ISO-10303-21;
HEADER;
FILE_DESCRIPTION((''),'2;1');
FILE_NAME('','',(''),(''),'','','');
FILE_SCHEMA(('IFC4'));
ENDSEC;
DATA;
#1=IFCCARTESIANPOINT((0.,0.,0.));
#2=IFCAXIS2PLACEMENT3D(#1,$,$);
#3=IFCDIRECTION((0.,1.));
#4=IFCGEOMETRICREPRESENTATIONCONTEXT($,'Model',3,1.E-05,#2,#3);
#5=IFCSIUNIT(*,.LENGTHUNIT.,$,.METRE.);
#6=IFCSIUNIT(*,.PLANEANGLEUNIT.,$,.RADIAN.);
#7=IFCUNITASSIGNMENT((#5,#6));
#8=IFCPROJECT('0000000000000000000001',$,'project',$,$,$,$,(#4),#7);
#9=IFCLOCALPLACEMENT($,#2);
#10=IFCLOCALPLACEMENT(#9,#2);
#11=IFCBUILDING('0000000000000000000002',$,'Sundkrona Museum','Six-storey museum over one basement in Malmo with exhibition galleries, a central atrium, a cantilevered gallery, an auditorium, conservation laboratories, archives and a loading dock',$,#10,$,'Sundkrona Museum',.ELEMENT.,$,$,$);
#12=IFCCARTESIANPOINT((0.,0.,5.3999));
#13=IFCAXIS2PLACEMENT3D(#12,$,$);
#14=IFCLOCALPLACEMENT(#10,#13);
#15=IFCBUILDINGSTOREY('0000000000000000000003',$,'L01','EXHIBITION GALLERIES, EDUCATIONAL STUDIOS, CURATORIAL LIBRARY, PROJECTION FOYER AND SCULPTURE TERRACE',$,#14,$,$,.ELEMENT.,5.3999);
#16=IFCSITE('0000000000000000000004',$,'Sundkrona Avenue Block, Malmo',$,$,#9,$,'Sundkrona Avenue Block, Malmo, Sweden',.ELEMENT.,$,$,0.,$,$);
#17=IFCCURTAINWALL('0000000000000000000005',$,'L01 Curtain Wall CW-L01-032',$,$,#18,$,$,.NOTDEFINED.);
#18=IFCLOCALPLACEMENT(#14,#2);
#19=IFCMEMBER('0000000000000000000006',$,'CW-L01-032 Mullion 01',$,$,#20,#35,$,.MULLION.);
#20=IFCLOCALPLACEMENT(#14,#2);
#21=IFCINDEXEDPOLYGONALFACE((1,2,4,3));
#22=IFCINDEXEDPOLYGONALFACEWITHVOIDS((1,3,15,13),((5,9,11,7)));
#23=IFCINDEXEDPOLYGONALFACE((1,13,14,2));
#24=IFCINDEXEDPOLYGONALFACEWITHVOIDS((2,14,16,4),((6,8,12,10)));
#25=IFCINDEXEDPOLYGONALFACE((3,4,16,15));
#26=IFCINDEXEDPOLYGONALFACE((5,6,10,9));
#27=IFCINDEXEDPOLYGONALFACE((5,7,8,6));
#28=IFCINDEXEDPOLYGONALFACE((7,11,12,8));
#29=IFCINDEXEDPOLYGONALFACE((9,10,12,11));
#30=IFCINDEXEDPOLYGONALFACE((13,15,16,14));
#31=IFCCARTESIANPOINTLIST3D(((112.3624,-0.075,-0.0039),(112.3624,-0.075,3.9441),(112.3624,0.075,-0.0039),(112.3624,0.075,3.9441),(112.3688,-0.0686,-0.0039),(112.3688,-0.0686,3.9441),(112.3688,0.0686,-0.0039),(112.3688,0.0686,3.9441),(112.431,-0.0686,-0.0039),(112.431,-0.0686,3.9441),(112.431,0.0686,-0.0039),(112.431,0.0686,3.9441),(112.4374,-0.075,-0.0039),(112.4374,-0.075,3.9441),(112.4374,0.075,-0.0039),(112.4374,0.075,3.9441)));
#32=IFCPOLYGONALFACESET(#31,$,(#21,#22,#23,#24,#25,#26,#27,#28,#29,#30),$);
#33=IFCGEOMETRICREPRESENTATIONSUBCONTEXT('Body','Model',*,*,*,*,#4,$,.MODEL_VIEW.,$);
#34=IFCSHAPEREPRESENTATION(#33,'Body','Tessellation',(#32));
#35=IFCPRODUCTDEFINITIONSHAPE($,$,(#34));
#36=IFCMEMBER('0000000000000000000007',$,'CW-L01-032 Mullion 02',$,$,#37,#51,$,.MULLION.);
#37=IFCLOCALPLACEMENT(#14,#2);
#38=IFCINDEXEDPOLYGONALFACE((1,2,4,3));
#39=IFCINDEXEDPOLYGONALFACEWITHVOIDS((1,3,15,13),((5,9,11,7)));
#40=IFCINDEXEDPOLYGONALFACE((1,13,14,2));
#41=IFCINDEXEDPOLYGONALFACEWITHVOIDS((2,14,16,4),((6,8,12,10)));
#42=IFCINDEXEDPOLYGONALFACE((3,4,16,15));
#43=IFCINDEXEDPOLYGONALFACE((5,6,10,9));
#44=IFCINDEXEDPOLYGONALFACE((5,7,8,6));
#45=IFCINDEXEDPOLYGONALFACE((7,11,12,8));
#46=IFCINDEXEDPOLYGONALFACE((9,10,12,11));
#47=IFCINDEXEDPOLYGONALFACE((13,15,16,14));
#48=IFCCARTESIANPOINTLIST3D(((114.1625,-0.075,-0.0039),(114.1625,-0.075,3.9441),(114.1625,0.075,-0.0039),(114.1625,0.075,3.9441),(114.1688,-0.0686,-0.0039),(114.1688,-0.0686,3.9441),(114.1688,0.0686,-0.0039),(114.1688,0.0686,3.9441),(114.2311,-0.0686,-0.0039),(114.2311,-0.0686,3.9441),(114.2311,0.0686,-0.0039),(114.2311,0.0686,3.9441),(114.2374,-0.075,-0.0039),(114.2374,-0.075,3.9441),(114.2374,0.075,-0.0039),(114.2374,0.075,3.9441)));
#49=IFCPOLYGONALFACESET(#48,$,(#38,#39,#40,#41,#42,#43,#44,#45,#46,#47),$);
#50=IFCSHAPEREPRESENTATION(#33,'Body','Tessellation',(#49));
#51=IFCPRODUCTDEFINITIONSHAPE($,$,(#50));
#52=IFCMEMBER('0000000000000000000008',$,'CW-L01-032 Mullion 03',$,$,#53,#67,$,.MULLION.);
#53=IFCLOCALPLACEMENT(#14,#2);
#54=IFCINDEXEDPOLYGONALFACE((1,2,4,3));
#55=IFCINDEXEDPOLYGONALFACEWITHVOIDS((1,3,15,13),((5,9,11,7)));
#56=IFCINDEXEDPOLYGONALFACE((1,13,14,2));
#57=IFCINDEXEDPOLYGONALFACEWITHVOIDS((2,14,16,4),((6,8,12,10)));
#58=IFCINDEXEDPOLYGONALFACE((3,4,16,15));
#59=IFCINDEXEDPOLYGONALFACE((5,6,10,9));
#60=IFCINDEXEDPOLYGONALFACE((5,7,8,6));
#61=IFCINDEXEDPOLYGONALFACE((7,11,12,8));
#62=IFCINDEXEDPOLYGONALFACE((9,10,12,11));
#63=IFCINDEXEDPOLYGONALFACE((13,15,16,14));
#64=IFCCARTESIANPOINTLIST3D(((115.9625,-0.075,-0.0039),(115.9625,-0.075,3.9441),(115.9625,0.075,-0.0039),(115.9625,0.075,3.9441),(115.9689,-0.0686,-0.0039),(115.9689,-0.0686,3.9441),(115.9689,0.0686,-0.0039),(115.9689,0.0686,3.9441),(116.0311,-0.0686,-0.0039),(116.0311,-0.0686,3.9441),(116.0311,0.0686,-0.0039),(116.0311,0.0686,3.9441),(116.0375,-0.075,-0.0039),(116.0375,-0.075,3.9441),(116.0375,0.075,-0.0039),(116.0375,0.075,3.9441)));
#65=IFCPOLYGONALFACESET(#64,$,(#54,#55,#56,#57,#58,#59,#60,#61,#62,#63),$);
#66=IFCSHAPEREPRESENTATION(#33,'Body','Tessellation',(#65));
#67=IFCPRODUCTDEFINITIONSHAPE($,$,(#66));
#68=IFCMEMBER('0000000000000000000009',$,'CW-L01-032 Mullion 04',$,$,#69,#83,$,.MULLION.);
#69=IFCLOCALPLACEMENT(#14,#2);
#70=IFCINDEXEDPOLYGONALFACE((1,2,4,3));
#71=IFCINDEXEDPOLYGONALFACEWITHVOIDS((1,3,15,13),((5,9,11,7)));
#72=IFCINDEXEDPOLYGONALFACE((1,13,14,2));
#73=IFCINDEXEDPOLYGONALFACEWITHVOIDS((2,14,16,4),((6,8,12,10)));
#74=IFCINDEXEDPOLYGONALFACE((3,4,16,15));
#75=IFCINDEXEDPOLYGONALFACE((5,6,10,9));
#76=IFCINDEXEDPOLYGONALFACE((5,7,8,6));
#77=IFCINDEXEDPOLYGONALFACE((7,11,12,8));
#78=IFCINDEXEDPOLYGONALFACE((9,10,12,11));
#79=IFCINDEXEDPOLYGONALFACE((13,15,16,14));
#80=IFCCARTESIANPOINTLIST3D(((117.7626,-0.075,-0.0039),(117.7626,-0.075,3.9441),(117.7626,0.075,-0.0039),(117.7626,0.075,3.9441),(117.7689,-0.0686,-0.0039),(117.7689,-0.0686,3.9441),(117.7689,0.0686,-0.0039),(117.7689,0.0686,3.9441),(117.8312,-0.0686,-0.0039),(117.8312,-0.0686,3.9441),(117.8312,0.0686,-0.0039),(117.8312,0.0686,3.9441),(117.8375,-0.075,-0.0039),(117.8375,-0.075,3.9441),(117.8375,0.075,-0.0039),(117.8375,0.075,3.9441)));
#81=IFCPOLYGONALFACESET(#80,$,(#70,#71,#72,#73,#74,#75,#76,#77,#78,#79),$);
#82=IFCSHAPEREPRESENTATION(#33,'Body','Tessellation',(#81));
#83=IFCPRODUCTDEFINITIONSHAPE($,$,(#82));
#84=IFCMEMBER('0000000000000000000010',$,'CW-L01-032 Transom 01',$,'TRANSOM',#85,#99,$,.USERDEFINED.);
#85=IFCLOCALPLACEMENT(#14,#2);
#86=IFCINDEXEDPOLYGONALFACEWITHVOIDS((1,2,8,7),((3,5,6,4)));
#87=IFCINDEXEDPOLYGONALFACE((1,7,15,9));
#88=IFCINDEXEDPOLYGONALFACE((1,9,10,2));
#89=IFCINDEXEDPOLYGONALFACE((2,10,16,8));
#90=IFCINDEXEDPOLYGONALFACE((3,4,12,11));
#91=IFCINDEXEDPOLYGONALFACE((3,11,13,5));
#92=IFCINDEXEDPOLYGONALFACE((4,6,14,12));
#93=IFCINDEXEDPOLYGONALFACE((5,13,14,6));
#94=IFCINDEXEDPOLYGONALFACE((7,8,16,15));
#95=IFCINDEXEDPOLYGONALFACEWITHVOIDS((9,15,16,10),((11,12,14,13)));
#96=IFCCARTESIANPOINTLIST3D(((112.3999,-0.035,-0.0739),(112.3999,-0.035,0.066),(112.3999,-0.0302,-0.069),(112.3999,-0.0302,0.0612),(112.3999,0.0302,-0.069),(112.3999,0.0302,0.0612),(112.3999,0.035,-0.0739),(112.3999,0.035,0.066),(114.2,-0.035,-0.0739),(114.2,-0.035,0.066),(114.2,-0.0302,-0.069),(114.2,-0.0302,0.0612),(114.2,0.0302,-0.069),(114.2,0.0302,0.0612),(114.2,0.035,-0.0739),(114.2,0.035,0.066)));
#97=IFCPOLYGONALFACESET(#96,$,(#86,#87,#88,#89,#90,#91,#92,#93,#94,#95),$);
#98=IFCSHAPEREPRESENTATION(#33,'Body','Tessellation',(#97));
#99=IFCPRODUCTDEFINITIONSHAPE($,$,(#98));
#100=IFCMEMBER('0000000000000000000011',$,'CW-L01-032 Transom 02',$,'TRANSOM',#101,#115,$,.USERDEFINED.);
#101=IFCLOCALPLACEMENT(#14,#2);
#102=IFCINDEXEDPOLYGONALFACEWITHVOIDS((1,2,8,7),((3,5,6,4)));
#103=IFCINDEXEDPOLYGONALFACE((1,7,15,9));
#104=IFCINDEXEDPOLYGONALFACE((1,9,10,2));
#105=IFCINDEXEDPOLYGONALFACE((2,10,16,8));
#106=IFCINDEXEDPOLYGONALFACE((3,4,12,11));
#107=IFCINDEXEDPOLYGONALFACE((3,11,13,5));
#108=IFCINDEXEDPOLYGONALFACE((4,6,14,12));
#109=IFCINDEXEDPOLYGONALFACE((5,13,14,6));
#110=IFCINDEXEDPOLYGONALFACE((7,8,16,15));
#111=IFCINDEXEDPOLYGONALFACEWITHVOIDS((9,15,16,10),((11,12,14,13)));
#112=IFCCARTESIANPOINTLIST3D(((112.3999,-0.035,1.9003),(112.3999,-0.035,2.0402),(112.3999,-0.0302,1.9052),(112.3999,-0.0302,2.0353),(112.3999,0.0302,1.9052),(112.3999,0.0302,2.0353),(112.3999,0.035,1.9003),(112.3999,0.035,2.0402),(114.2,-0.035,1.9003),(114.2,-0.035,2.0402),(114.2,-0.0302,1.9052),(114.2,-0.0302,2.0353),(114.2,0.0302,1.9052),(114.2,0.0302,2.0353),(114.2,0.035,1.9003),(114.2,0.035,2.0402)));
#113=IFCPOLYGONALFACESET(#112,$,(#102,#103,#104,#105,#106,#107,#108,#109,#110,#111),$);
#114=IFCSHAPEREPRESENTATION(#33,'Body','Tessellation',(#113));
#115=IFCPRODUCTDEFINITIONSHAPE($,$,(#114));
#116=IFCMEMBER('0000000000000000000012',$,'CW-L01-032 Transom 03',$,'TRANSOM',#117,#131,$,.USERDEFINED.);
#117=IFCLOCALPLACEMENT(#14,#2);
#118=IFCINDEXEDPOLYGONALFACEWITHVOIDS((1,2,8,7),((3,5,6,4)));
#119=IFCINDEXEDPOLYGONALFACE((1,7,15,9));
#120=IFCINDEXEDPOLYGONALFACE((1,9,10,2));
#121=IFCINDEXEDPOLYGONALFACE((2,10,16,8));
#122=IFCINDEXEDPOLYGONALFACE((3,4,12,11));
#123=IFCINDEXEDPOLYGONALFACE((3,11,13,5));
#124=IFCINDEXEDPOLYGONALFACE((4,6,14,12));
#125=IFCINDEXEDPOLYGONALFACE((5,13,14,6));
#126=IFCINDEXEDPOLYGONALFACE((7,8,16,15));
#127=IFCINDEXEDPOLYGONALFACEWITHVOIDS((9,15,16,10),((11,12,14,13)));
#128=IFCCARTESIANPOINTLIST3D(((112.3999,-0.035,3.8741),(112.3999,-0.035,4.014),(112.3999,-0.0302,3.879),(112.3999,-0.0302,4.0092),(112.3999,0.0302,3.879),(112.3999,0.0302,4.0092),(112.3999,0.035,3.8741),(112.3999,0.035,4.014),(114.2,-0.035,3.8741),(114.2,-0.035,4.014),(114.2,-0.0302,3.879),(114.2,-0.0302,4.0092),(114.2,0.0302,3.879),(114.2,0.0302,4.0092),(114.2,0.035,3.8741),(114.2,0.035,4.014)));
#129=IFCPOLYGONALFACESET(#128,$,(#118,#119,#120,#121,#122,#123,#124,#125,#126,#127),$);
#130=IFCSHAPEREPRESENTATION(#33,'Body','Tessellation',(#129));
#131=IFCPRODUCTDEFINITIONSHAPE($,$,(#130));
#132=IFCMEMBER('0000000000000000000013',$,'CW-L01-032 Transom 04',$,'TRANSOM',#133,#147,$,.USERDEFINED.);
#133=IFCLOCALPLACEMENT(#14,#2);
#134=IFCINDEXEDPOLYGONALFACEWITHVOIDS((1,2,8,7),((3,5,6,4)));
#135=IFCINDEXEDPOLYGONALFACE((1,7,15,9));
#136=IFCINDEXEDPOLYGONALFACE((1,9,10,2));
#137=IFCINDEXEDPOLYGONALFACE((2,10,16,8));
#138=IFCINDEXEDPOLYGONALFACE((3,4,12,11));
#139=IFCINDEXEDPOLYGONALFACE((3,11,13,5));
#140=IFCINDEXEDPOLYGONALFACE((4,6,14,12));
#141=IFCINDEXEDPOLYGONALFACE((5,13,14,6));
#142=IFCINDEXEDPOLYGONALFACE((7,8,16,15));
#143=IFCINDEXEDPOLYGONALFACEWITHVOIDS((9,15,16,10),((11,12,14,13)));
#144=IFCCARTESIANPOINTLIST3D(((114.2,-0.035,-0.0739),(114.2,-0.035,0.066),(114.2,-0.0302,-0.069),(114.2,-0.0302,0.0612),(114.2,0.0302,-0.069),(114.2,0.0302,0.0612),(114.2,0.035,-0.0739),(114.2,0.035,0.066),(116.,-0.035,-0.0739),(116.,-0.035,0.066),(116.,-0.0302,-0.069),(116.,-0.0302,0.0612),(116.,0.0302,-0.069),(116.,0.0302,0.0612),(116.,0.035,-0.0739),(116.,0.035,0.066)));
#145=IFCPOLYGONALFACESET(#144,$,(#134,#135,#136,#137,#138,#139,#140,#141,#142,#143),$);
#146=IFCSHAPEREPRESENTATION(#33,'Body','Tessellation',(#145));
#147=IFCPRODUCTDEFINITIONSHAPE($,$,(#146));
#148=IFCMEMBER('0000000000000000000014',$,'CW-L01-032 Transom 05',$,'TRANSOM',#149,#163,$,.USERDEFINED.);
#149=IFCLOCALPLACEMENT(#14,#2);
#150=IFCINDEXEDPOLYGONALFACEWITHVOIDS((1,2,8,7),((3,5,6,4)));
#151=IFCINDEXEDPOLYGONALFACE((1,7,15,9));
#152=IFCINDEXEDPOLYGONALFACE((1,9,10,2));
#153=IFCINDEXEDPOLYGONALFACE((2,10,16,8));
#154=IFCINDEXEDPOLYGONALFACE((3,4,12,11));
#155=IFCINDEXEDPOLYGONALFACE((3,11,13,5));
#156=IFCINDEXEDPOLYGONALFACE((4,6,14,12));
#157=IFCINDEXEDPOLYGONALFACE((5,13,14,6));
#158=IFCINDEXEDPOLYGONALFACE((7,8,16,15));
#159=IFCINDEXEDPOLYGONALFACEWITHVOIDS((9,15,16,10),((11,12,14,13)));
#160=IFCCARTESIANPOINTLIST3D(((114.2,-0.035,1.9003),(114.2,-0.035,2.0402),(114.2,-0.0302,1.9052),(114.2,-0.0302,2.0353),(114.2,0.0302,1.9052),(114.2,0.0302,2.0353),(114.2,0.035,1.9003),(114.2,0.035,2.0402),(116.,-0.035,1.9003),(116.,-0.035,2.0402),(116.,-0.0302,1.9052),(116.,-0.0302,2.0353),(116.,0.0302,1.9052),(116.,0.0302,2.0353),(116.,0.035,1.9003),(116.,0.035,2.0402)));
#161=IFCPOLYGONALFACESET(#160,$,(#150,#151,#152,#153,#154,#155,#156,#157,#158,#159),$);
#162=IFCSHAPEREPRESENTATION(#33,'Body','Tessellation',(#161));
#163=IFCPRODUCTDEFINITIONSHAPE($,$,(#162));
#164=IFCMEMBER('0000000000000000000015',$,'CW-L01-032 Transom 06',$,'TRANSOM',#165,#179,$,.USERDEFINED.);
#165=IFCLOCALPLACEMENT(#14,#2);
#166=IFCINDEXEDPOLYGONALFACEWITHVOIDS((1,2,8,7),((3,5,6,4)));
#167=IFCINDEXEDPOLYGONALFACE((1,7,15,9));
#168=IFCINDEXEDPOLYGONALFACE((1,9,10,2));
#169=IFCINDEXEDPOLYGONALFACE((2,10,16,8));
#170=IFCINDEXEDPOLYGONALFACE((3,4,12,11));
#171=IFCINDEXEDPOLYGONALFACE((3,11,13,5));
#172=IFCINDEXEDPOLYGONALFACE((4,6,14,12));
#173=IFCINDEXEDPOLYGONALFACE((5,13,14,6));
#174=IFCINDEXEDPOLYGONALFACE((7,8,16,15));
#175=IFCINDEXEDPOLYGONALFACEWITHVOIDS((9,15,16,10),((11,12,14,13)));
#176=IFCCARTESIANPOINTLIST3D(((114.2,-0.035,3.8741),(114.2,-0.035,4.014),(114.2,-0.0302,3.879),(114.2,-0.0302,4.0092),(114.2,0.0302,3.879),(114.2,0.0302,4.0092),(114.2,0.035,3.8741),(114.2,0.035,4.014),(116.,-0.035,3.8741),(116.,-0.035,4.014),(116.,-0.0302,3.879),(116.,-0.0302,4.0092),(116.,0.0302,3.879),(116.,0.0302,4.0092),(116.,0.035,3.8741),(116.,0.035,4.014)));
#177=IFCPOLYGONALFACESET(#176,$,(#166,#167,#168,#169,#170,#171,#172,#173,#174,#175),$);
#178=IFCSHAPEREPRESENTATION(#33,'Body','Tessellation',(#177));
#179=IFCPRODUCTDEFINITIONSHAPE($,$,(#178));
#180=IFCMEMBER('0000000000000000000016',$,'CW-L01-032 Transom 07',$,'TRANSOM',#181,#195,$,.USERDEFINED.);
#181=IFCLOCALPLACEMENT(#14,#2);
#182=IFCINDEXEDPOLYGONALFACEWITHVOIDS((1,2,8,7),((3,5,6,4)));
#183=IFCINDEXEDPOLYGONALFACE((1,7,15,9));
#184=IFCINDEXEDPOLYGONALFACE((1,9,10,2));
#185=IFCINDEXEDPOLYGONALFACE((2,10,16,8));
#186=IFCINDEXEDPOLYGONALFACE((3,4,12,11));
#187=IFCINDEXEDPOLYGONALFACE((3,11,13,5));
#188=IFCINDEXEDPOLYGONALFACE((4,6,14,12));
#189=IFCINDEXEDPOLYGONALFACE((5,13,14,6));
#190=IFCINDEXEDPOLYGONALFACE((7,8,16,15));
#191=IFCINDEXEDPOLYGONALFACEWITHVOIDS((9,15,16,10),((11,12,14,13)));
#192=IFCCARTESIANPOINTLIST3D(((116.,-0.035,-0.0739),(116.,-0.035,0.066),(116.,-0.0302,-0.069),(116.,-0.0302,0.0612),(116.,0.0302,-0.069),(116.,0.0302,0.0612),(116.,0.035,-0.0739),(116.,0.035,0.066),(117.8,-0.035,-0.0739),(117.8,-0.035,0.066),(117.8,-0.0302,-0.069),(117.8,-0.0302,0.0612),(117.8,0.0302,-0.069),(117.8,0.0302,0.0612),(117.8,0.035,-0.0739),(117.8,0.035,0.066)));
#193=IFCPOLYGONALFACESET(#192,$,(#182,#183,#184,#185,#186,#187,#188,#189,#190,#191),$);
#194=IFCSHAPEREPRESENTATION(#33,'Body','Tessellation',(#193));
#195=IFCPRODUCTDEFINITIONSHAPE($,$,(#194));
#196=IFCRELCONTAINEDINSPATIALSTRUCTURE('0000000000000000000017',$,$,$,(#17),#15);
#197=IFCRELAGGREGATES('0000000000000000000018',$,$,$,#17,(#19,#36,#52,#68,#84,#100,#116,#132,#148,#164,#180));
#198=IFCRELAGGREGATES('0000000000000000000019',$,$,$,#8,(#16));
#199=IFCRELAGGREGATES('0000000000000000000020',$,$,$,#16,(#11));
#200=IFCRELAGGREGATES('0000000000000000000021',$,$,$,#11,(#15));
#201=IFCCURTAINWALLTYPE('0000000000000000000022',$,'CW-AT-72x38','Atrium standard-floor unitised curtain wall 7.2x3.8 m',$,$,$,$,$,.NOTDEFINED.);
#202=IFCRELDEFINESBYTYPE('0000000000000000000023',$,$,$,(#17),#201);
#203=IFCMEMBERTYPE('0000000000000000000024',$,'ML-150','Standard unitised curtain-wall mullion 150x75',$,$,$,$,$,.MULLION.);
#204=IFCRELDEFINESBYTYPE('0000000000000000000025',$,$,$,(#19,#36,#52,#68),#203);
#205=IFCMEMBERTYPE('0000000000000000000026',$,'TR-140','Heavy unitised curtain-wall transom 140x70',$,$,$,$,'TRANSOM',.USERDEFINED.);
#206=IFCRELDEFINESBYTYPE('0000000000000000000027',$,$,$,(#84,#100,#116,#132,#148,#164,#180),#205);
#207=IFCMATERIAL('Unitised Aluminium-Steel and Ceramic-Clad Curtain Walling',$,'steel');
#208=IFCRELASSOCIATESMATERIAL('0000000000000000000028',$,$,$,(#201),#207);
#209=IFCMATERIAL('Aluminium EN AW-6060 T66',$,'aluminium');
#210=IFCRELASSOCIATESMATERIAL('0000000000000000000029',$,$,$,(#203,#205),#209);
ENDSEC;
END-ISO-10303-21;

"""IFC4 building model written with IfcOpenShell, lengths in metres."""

from ifc_helpers import new_model, si_unit, direction, frame, origin, origin_2d, place, context, subcontext, project, spatial, hollow_rectangle, extrude, material, material_profile, profile_set, type_object, element, aggregate, save


model = new_model("IFC4")

# Units and contexts
model_context = context("Model", 3, precision=1e-05, world=origin(), true_north=direction((0.0, 1.0)))
body_context = subcontext(model_context, "Body", "Model", "MODEL_VIEW")
ifc_project = project(units=[si_unit("LENGTHUNIT", "METRE"), si_unit("PLANEANGLEUNIT", "RADIAN")], contexts=[model_context])

# Site, building, storey
site_placement = place(None, origin())
site = spatial("IfcSite", under=ifc_project, at=site_placement, Name="Sundkrona Avenue Block, Malmo", LongName="Sundkrona Avenue Block, Malmo, Sweden", CompositionType="ELEMENT", RefElevation=0.0)
building_placement = place(site_placement, origin())
building = spatial("IfcBuilding", under=site, at=building_placement, Name="Sundkrona Museum", Description="Six-storey museum over one basement in Malmo with exhibition galleries, a central atrium, a cantilevered gallery, an auditorium, conservation laboratories, archives and a loading dock", LongName="Sundkrona Museum", CompositionType="ELEMENT")
storey_placement = place(building_placement, frame((0.0, 0.0, 5.3999)))
storey = spatial("IfcBuildingStorey", under=building, at=storey_placement, Name="L01", Description="EXHIBITION GALLERIES, EDUCATIONAL STUDIOS, CURATORIAL LIBRARY, PROJECTION FOYER AND SCULPTURE TERRACE", CompositionType="ELEMENT", Elevation=5.3999)

# Curtain wall, members
ifc_material_1 = material(Name="Unitised Aluminium-Steel and Ceramic-Clad Curtain Walling", Category="steel")
curtain_wall_type = type_object("IfcCurtainWallType", Name="CW-AT-72x38", Description="Atrium standard-floor unitised curtain wall 7.2x3.8 m", PredefinedType="NOTDEFINED", material=ifc_material_1)
curtain_wall_placement = place(storey_placement, origin())
curtain_wall = element("IfcCurtainWall", 1, at=curtain_wall_placement, inside=storey, type_object=curtain_wall_type, Name="L01 Curtain Wall CW-L01-032", PredefinedType="NOTDEFINED")
ifc_material_2 = material(Name="Aluminium EN AW-6060 T66", Category="aluminium")
ifc_material_profile_1 = material_profile(ifc_material_2, hollow_rectangle(XDim=0.075, YDim=0.1499, WallThickness=0.0063, at=origin_2d()), Name="RHS 150x75x6.3")
ifc_profile_set_1 = profile_set([ifc_material_profile_1], Name="Aluminium EN AW-6060 T66")
member_type_1 = type_object("IfcMemberType", Name="ML-150", Description="Standard unitised curtain-wall mullion 150x75", PredefinedType="MULLION", material=ifc_profile_set_1)
member_1_placement = place(storey_placement, frame((112.3999, 0.0, -0.0039), z_axis=(0.0, 0.0, 1.0), x_axis=(1.0, 0.0, 0.0)))
member_1 = element("IfcMember", 2, at=member_1_placement, type_object=member_type_1, Name="CW-L01-032 Mullion 01", PredefinedType="MULLION", context=body_context, shape_type="SweptSolid", body=[
    extrude(hollow_rectangle(XDim=0.075, YDim=0.1499, WallThickness=0.0063, at=origin_2d()), origin(), (0.0, 0.0, 1.0), 3.948),
])
member_2_placement = place(storey_placement, frame((114.2, 0.0, -0.0039), z_axis=(0.0, 0.0, 1.0), x_axis=(1.0, 0.0, 0.0)))
member_2 = element("IfcMember", 3, at=member_2_placement, type_object=member_type_1, Name="CW-L01-032 Mullion 02", PredefinedType="MULLION", context=body_context, shape_type="SweptSolid", body=[
    extrude(hollow_rectangle(XDim=0.075, YDim=0.1499, WallThickness=0.0063, at=origin_2d()), origin(), (0.0, 0.0, 1.0), 3.948),
])
member_3_placement = place(storey_placement, frame((116.0, 0.0, -0.0039), z_axis=(0.0, 0.0, 1.0), x_axis=(1.0, 0.0, 0.0)))
member_3 = element("IfcMember", 4, at=member_3_placement, type_object=member_type_1, Name="CW-L01-032 Mullion 03", PredefinedType="MULLION", context=body_context, shape_type="SweptSolid", body=[
    extrude(hollow_rectangle(XDim=0.075, YDim=0.1499, WallThickness=0.0063, at=origin_2d()), origin(), (0.0, 0.0, 1.0), 3.948),
])
member_4_placement = place(storey_placement, frame((117.8, 0.0, -0.0039), z_axis=(0.0, 0.0, 1.0), x_axis=(1.0, 0.0, 0.0)))
member_4 = element("IfcMember", 5, at=member_4_placement, type_object=member_type_1, Name="CW-L01-032 Mullion 04", PredefinedType="MULLION", context=body_context, shape_type="SweptSolid", body=[
    extrude(hollow_rectangle(XDim=0.075, YDim=0.1499, WallThickness=0.0063, at=origin_2d()), origin(), (0.0, 0.0, 1.0), 3.948),
])
ifc_material_profile_2 = material_profile(ifc_material_2, hollow_rectangle(XDim=0.0701, YDim=0.1399, WallThickness=0.0049, at=origin_2d()), Name="RHS 140x70x5.0")
ifc_profile_set_2 = profile_set([ifc_material_profile_2], Name="Aluminium EN AW-6060 T66")
member_type_2 = type_object("IfcMemberType", Name="TR-140", Description="Heavy unitised curtain-wall transom 140x70", ElementType="TRANSOM", PredefinedType="USERDEFINED", material=ifc_profile_set_2)
member_5_placement = place(storey_placement, frame((112.3999, 0.0, -0.0039), z_axis=(1.0, 0.0, 0.0), x_axis=(0.0, 1.0, 0.0)))
member_5 = element("IfcMember", 6, at=member_5_placement, type_object=member_type_2, Name="CW-L01-032 Transom 01", ObjectType="TRANSOM", PredefinedType="USERDEFINED", context=body_context, shape_type="SweptSolid", body=[
    extrude(hollow_rectangle(XDim=0.0701, YDim=0.1399, WallThickness=0.0049, at=origin_2d()), origin(), (0.0, 0.0, 1.0), 1.8),
])
member_6_placement = place(storey_placement, frame((112.3999, 0.0, 1.9702), z_axis=(1.0, 0.0, 0.0), x_axis=(0.0, 1.0, 0.0)))
member_6 = element("IfcMember", 7, at=member_6_placement, type_object=member_type_2, Name="CW-L01-032 Transom 02", ObjectType="TRANSOM", PredefinedType="USERDEFINED", context=body_context, shape_type="SweptSolid", body=[
    extrude(hollow_rectangle(XDim=0.0701, YDim=0.1399, WallThickness=0.0049, at=origin_2d()), origin(), (0.0, 0.0, 1.0), 1.8),
])
member_7_placement = place(storey_placement, frame((112.3999, 0.0, 3.9441), z_axis=(1.0, 0.0, 0.0), x_axis=(0.0, 1.0, 0.0)))
member_7 = element("IfcMember", 8, at=member_7_placement, type_object=member_type_2, Name="CW-L01-032 Transom 03", ObjectType="TRANSOM", PredefinedType="USERDEFINED", context=body_context, shape_type="SweptSolid", body=[
    extrude(hollow_rectangle(XDim=0.0701, YDim=0.1399, WallThickness=0.0049, at=origin_2d()), origin(), (0.0, 0.0, 1.0), 1.8),
])
member_8_placement = place(storey_placement, frame((114.2, 0.0, -0.0039), z_axis=(1.0, 0.0, 0.0), x_axis=(0.0, 1.0, 0.0)))
member_8 = element("IfcMember", 9, at=member_8_placement, type_object=member_type_2, Name="CW-L01-032 Transom 04", ObjectType="TRANSOM", PredefinedType="USERDEFINED", context=body_context, shape_type="SweptSolid", body=[
    extrude(hollow_rectangle(XDim=0.0701, YDim=0.1399, WallThickness=0.0049, at=origin_2d()), origin(), (0.0, 0.0, 1.0), 1.8),
])
member_9_placement = place(storey_placement, frame((114.2, 0.0, 1.9702), z_axis=(1.0, 0.0, 0.0), x_axis=(0.0, 1.0, 0.0)))
member_9 = element("IfcMember", 10, at=member_9_placement, type_object=member_type_2, Name="CW-L01-032 Transom 05", ObjectType="TRANSOM", PredefinedType="USERDEFINED", context=body_context, shape_type="SweptSolid", body=[
    extrude(hollow_rectangle(XDim=0.0701, YDim=0.1399, WallThickness=0.0049, at=origin_2d()), origin(), (0.0, 0.0, 1.0), 1.8),
])
member_10_placement = place(storey_placement, frame((114.2, 0.0, 3.9441), z_axis=(1.0, 0.0, 0.0), x_axis=(0.0, 1.0, 0.0)))
member_10 = element("IfcMember", 11, at=member_10_placement, type_object=member_type_2, Name="CW-L01-032 Transom 06", ObjectType="TRANSOM", PredefinedType="USERDEFINED", context=body_context, shape_type="SweptSolid", body=[
    extrude(hollow_rectangle(XDim=0.0701, YDim=0.1399, WallThickness=0.0049, at=origin_2d()), origin(), (0.0, 0.0, 1.0), 1.8),
])
member_11_placement = place(storey_placement, frame((116.0, 0.0, -0.0039), z_axis=(1.0, 0.0, 0.0), x_axis=(0.0, 1.0, 0.0)))
member_11 = element("IfcMember", 12, at=member_11_placement, type_object=member_type_2, Name="CW-L01-032 Transom 07", ObjectType="TRANSOM", PredefinedType="USERDEFINED", context=body_context, shape_type="SweptSolid", body=[
    extrude(hollow_rectangle(XDim=0.0701, YDim=0.1399, WallThickness=0.0049, at=origin_2d()), origin(), (0.0, 0.0, 1.0), 1.8),
])
aggregate(curtain_wall, [member_1, member_2, member_3, member_4, member_5, member_6, member_7, member_8, member_9, member_10, member_11])

save(model, "model.ifc")
